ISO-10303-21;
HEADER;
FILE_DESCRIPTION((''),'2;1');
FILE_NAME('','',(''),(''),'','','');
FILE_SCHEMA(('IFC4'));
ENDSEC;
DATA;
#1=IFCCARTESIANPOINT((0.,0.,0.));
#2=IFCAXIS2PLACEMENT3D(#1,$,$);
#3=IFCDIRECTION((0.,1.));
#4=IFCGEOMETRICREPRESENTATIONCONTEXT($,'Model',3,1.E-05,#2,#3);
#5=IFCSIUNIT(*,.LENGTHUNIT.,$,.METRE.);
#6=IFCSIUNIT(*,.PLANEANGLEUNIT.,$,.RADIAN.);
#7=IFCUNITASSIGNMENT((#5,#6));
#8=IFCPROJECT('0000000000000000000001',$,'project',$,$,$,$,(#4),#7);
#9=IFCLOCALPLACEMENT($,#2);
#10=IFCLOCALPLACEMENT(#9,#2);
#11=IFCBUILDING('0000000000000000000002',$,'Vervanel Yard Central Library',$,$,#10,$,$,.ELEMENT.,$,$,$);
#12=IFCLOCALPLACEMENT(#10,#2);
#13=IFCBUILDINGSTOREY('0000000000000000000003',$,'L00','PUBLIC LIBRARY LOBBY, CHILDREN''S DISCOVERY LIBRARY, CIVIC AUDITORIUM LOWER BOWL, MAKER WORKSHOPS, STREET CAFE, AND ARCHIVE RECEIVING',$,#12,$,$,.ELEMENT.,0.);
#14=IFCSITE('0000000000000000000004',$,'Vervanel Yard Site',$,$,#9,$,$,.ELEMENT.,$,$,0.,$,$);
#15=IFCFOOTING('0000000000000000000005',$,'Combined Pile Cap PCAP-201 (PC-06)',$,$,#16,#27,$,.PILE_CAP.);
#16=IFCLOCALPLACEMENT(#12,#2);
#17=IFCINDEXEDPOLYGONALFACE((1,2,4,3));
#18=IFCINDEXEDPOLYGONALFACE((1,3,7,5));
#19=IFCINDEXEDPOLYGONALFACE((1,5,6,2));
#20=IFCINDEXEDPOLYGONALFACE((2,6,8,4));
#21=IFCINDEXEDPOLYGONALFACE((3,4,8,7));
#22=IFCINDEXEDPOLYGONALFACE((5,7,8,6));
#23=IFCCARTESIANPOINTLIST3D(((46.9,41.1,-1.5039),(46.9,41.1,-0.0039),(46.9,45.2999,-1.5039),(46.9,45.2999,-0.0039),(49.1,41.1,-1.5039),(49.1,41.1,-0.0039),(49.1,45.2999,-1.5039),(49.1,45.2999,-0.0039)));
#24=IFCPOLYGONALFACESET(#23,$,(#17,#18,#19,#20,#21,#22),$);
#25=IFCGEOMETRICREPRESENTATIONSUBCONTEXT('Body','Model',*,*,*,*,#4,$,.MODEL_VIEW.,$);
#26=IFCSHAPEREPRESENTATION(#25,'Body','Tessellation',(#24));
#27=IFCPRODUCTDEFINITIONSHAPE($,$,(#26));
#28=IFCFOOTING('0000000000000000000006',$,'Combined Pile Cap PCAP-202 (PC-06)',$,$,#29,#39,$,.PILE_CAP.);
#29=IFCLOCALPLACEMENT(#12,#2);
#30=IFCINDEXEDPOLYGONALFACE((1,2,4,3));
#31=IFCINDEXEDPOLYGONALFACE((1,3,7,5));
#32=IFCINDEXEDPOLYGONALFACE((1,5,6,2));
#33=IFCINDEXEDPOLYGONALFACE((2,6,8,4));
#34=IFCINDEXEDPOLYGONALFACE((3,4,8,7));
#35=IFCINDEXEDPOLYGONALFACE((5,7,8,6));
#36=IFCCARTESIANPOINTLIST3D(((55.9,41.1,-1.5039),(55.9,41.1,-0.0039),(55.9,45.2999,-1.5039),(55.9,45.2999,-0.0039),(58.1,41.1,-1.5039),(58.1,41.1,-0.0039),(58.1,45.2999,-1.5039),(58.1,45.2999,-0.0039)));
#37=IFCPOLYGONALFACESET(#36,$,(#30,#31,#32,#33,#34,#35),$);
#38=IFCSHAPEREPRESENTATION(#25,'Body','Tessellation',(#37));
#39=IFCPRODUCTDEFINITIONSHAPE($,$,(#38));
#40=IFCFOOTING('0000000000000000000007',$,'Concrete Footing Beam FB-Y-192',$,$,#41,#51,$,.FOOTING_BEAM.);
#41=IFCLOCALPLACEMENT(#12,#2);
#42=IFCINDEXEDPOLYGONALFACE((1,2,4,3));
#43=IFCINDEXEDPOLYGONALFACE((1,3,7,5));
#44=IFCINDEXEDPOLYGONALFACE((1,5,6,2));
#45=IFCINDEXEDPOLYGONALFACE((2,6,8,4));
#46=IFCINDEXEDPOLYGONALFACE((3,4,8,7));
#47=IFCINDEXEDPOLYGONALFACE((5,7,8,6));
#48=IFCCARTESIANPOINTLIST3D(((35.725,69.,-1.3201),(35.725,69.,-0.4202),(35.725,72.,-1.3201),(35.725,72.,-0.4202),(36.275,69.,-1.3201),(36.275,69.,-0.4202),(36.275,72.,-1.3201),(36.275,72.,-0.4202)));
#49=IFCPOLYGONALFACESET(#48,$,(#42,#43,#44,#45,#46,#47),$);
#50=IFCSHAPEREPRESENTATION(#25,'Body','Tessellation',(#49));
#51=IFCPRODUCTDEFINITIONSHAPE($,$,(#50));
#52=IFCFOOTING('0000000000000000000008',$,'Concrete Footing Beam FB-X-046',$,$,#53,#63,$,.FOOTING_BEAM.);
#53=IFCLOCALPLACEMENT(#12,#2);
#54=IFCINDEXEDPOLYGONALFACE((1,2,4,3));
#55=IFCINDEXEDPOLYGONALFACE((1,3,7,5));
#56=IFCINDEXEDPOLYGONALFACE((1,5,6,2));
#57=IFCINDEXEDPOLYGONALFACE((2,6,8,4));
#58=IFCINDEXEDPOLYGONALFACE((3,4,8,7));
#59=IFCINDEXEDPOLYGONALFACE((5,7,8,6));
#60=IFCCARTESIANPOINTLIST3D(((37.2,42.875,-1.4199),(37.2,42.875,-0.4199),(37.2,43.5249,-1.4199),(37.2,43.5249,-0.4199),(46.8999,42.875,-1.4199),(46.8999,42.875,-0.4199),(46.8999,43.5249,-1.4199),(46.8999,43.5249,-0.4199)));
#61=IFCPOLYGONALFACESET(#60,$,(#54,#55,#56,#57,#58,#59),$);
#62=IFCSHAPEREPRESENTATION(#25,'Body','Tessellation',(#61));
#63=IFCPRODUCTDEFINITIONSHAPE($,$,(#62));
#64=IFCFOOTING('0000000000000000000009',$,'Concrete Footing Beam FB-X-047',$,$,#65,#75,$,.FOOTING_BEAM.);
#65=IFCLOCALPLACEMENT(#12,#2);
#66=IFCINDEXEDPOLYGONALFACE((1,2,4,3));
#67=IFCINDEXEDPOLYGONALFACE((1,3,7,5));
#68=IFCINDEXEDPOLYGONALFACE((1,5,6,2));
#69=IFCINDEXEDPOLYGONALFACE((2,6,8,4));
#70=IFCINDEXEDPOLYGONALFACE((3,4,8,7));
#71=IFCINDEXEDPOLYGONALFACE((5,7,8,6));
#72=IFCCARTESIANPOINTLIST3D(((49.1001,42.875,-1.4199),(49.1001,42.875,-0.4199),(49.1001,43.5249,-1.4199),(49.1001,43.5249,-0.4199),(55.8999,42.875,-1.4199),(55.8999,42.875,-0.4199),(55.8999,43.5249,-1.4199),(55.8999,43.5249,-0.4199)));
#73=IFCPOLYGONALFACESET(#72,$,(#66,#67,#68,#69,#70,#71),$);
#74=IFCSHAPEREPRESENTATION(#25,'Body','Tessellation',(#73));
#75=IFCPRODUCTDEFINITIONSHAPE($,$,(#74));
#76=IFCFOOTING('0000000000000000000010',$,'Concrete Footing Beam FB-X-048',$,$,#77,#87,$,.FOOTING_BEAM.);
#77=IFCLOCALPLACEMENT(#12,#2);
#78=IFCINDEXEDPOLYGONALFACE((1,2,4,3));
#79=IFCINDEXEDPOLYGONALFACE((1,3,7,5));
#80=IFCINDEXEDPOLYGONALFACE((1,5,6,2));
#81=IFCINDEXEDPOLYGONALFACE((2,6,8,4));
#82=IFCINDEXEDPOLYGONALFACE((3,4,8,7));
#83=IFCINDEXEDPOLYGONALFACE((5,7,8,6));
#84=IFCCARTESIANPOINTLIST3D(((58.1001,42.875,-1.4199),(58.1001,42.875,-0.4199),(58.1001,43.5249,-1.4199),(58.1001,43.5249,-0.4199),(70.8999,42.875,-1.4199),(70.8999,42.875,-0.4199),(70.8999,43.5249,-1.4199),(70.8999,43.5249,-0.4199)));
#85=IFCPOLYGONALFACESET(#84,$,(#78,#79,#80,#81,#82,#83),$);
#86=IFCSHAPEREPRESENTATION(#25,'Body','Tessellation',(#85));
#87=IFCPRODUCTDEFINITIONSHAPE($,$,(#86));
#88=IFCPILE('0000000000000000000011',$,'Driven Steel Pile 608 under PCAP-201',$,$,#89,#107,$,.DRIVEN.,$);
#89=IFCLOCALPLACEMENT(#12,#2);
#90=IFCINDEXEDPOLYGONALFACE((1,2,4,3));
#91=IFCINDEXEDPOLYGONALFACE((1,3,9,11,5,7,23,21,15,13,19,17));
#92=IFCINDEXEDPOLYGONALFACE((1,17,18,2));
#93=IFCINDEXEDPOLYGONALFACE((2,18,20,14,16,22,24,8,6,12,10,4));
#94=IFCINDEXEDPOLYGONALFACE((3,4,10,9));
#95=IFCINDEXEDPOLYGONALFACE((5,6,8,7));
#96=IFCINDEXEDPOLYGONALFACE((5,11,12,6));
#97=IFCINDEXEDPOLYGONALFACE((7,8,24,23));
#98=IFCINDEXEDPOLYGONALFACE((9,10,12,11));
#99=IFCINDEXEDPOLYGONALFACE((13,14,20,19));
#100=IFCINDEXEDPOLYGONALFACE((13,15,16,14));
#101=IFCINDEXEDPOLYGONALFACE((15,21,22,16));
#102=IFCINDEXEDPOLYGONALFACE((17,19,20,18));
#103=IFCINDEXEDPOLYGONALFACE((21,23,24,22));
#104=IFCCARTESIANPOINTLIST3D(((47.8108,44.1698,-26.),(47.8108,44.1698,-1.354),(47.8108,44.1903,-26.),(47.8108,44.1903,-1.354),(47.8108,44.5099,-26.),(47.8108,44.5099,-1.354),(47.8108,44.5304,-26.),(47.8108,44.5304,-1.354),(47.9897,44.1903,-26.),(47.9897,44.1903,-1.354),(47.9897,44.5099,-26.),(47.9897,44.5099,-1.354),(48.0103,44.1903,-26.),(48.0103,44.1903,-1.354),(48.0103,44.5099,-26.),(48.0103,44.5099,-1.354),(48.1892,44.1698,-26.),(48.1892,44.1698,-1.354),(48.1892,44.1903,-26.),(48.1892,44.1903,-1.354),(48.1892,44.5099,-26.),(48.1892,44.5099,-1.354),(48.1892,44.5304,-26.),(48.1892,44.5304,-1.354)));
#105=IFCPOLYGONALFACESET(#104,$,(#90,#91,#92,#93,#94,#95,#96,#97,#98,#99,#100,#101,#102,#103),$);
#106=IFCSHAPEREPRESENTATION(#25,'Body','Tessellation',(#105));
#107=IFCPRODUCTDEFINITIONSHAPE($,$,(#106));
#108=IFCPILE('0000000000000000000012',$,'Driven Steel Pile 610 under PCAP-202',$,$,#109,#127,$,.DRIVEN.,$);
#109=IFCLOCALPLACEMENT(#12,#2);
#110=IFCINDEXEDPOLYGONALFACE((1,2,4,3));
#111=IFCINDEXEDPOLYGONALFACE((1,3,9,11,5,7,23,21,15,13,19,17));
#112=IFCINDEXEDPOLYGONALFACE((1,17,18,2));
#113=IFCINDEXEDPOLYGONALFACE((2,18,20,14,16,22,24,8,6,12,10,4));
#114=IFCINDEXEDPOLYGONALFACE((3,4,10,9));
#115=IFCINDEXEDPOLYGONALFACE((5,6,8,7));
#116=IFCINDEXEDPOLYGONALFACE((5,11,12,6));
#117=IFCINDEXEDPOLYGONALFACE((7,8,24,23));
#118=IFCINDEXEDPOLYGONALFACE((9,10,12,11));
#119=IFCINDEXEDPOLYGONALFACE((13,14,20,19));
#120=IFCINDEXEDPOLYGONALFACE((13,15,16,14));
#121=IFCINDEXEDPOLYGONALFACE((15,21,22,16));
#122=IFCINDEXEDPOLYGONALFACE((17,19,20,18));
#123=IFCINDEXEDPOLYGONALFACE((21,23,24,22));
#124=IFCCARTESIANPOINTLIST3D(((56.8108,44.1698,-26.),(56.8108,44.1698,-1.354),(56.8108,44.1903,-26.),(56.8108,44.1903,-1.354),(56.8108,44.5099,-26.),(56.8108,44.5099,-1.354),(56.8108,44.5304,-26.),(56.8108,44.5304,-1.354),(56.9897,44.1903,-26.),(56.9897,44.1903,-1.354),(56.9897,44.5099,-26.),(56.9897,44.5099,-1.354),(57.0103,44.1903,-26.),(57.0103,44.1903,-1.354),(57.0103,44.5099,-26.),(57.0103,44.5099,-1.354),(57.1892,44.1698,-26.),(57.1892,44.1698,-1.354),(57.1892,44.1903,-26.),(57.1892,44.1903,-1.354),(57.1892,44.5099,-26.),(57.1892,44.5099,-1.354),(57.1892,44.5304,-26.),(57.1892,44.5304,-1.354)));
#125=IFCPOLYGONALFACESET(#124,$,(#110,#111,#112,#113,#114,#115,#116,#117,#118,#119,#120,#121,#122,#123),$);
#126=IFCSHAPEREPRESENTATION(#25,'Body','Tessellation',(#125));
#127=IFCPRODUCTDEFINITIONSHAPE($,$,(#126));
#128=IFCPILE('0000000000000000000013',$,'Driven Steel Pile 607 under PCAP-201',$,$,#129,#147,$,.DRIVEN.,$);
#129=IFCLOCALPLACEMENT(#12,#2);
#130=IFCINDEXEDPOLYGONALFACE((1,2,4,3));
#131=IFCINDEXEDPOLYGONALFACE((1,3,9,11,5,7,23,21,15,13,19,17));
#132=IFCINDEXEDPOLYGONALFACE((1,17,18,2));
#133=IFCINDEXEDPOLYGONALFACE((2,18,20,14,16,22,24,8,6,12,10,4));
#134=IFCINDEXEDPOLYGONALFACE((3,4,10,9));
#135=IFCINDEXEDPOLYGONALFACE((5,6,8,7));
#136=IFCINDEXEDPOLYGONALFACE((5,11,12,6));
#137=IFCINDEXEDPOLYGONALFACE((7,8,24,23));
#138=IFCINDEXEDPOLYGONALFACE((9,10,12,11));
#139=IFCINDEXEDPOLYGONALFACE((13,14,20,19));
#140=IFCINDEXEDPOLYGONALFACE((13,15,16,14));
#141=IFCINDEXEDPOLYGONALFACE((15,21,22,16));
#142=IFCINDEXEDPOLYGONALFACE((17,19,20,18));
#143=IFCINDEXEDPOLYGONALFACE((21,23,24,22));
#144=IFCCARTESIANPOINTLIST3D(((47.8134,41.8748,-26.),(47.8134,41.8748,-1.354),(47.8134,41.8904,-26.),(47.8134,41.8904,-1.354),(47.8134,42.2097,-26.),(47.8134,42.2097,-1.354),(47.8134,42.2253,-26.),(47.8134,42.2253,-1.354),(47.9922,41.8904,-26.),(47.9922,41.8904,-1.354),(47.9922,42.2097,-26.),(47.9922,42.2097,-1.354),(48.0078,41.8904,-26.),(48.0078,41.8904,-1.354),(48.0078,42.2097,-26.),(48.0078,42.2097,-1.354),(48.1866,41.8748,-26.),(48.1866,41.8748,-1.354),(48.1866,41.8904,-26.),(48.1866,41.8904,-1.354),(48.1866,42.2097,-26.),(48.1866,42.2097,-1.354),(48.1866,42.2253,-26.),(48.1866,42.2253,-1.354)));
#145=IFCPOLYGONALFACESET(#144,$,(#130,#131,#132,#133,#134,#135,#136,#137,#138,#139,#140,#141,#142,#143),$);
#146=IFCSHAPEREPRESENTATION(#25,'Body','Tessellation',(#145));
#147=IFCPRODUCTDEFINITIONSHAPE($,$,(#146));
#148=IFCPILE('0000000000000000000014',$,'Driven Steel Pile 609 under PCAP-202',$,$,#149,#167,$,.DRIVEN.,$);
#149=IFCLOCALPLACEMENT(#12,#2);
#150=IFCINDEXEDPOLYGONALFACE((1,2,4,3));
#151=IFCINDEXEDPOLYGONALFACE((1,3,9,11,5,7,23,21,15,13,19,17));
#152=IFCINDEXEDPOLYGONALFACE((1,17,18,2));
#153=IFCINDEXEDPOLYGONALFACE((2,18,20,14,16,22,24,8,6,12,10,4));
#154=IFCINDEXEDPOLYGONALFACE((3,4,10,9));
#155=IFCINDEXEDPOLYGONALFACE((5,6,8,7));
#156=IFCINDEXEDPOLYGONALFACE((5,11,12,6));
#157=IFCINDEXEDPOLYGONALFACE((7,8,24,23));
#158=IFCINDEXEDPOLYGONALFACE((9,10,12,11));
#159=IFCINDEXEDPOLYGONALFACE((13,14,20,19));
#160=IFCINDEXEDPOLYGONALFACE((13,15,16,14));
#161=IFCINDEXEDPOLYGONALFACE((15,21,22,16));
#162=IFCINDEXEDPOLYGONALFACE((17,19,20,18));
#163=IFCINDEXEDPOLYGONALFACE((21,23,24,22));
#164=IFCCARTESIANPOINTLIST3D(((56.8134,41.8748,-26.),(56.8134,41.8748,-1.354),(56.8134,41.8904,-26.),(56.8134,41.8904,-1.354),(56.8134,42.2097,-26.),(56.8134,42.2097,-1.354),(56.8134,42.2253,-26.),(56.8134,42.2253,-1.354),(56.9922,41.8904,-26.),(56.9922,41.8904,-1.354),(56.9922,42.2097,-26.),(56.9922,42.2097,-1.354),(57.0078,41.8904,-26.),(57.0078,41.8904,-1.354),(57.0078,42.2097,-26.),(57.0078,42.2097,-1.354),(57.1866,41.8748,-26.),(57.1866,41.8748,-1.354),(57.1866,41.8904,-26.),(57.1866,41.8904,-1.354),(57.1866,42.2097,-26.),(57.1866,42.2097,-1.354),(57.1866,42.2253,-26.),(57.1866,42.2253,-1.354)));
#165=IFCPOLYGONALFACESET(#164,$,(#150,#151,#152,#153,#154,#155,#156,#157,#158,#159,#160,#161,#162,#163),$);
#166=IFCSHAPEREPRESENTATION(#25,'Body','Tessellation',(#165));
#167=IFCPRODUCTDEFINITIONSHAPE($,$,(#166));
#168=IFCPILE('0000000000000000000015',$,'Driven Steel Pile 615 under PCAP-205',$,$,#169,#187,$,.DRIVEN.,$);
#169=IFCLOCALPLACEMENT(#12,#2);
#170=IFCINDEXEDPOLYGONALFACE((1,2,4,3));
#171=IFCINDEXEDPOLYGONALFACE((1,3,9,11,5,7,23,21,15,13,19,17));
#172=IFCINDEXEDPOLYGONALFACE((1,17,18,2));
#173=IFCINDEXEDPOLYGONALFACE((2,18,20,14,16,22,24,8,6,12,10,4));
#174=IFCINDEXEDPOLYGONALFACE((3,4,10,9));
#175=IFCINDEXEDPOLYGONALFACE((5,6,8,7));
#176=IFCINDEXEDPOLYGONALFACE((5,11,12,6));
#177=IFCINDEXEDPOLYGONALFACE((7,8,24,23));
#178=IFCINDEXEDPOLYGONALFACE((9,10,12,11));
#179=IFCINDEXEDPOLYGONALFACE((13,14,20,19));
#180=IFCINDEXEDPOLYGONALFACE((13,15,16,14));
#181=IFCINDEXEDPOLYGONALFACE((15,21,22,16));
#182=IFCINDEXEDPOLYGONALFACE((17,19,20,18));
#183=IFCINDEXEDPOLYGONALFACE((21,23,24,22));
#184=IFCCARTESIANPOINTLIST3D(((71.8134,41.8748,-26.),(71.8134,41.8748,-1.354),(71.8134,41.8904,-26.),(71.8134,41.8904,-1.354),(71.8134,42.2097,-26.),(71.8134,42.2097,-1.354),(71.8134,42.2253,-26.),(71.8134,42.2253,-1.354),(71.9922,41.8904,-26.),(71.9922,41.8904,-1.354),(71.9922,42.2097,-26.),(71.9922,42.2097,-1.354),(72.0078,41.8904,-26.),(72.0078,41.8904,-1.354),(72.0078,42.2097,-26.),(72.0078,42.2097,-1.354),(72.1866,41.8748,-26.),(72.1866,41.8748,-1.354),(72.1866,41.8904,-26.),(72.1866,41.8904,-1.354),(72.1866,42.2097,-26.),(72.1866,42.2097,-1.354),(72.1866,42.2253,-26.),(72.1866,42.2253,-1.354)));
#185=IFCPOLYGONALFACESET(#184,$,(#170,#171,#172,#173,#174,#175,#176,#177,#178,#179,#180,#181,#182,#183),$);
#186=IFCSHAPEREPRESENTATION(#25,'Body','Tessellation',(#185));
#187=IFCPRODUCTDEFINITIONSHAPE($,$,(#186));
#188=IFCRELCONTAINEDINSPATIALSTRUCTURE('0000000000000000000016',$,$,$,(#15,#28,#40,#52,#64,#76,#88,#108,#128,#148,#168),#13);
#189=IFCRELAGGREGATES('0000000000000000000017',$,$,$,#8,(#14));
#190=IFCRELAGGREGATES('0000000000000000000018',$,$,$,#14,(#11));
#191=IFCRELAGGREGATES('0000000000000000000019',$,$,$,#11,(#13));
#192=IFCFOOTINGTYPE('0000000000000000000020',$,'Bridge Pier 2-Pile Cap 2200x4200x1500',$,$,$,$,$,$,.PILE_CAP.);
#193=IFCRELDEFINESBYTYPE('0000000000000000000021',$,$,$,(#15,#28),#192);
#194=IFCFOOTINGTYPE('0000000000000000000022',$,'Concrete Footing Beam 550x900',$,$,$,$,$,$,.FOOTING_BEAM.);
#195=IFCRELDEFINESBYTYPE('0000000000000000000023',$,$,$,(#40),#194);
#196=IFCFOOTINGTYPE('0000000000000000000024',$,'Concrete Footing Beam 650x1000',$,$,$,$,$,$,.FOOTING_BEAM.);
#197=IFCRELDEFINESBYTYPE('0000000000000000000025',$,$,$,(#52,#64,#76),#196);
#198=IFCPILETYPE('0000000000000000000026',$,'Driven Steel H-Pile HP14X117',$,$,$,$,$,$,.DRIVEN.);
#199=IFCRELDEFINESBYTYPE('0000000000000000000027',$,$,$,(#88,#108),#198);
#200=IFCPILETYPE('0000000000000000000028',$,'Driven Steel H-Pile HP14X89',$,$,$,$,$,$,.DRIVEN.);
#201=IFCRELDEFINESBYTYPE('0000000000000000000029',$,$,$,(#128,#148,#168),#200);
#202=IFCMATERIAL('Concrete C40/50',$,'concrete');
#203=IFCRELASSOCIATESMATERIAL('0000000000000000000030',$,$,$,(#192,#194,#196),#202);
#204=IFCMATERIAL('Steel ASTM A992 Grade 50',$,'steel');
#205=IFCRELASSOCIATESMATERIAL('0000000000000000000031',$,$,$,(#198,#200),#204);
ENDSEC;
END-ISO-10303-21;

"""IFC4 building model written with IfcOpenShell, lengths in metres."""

from ifc_helpers import new_model, si_unit, direction, frame, origin, origin_2d, place, context, subcontext, project, spatial, rectangle, i_section, extrude, material, material_profile, profile_set, type_object, element, save


model = new_model("IFC4")

# Units and contexts
model_context = context("Model", 3, precision=1e-05, world=origin(), true_north=direction((0.0, 1.0)))
body_context = subcontext(model_context, "Body", "Model", "MODEL_VIEW")
ifc_project = project(units=[si_unit("LENGTHUNIT", "METRE"), si_unit("PLANEANGLEUNIT", "RADIAN")], contexts=[model_context])

# Site, building, storey
site_placement = place(None, origin())
site = spatial("IfcSite", under=ifc_project, at=site_placement, Name="Vervanel Yard Site", CompositionType="ELEMENT", RefElevation=0.0)
building_placement = place(site_placement, origin())
building = spatial("IfcBuilding", under=site, at=building_placement, Name="Vervanel Yard Central Library", CompositionType="ELEMENT")
storey_placement = place(building_placement, origin())
storey = spatial("IfcBuildingStorey", under=building, at=storey_placement, Name="L00", Description="PUBLIC LIBRARY LOBBY, CHILDREN'S DISCOVERY LIBRARY, CIVIC AUDITORIUM LOWER BOWL, MAKER WORKSHOPS, STREET CAFE, AND ARCHIVE RECEIVING", CompositionType="ELEMENT", Elevation=0.0)

# Footings
ifc_material_1 = material(Name="Concrete C40/50", Category="concrete")
footing_type_1 = type_object("IfcFootingType", Name="Bridge Pier 2-Pile Cap 2200x4200x1500", PredefinedType="PILE_CAP", material=ifc_material_1)
for number, where, z_axis, x_axis, name in (
    (1, (48.0, 43.2, -1.5039), (0.0, 0.0, 1.0), (1.0, 0.0, 0.0), "Combined Pile Cap PCAP-201 (PC-06)"),
    (2, (57.0, 43.2, -1.5039), (0.0, 0.0, 1.0), (1.0, 0.0, 0.0), "Combined Pile Cap PCAP-202 (PC-06)"),
):
    element("IfcFooting", number, at=place(storey_placement, frame(where, z_axis=z_axis, x_axis=x_axis)), inside=storey, type_object=footing_type_1, Name=name, PredefinedType="PILE_CAP", context=body_context, shape_type="SweptSolid", body=[
        extrude(rectangle(XDim=2.2, YDim=4.2, at=origin_2d()), origin(), (0.0, 0.0, 1.0), 1.5),
    ])
ifc_material_profile_1 = material_profile(ifc_material_1, rectangle(XDim=0.55, YDim=0.8999, at=origin_2d()), Name="RC 550x900", Category="concrete")
ifc_profile_set_1 = profile_set([ifc_material_profile_1], Name="Concrete C40/50")
footing_type_2 = type_object("IfcFootingType", Name="Concrete Footing Beam 550x900", PredefinedType="FOOTING_BEAM", material=ifc_profile_set_1)
footing_1_placement = place(storey_placement, frame((36.0, 69.0, -0.8701), z_axis=(0.0, 1.0, 0.0), x_axis=(-1.0, 0.0, 0.0)))
element("IfcFooting", 3, at=footing_1_placement, inside=storey, type_object=footing_type_2, Name="Concrete Footing Beam FB-Y-192", PredefinedType="FOOTING_BEAM", context=body_context, shape_type="SweptSolid", body=[
    extrude(rectangle(XDim=0.55, YDim=0.8999, at=origin_2d()), origin(), (0.0, 0.0, 1.0), 3.0),
])
ifc_material_profile_2 = material_profile(ifc_material_1, rectangle(XDim=0.6499, YDim=1.0, at=origin_2d()), Name="RC 650x1000", Category="concrete")
ifc_profile_set_2 = profile_set([ifc_material_profile_2], Name="Concrete C40/50")
footing_type_3 = type_object("IfcFootingType", Name="Concrete Footing Beam 650x1000", PredefinedType="FOOTING_BEAM", material=ifc_profile_set_2)
footing_2_placement = place(storey_placement, frame((37.2, 43.2, -0.9199), z_axis=(1.0, 0.0, 0.0), x_axis=(0.0, 1.0, 0.0)))
element("IfcFooting", 4, at=footing_2_placement, inside=storey, type_object=footing_type_3, Name="Concrete Footing Beam FB-X-046", PredefinedType="FOOTING_BEAM", context=body_context, shape_type="SweptSolid", body=[
    extrude(rectangle(XDim=0.6499, YDim=1.0, at=origin_2d()), origin(), (0.0, 0.0, 1.0), 9.7),
])
footing_3_placement = place(storey_placement, frame((49.1001, 43.2, -0.9199), z_axis=(1.0, 0.0, 0.0), x_axis=(0.0, 1.0, 0.0)))
element("IfcFooting", 5, at=footing_3_placement, inside=storey, type_object=footing_type_3, Name="Concrete Footing Beam FB-X-047", PredefinedType="FOOTING_BEAM", context=body_context, shape_type="SweptSolid", body=[
    extrude(rectangle(XDim=0.6499, YDim=1.0, at=origin_2d()), origin(), (0.0, 0.0, 1.0), 6.7998),
])
footing_4_placement = place(storey_placement, frame((58.1001, 43.2, -0.9199), z_axis=(1.0, 0.0, 0.0), x_axis=(0.0, 1.0, 0.0)))
element("IfcFooting", 6, at=footing_4_placement, inside=storey, type_object=footing_type_3, Name="Concrete Footing Beam FB-X-048", PredefinedType="FOOTING_BEAM", context=body_context, shape_type="SweptSolid", body=[
    extrude(rectangle(XDim=0.6499, YDim=1.0, at=origin_2d()), origin(), (0.0, 0.0, 1.0), 12.7998),
])

# Piles
ifc_material_2 = material(Name="Steel ASTM A992 Grade 50", Category="steel")
ifc_material_profile_3 = material_profile(ifc_material_2, i_section(OverallWidth=0.3784, OverallDepth=0.3606, WebThickness=0.0205, FlangeThickness=0.0205, at=origin_2d()), Name="HP14X117", Category="steel")
ifc_profile_set_3 = profile_set([ifc_material_profile_3], Name="Steel ASTM A992 Grade 50")
pile_type_1 = type_object("IfcPileType", Name="Driven Steel H-Pile HP14X117", PredefinedType="DRIVEN", material=ifc_profile_set_3)
for number, where, z_axis, x_axis, name in (
    (7, (48.0, 44.3501, -26.0), (0.0, 0.0, 1.0), (1.0, 0.0, 0.0), "Driven Steel Pile 608 under PCAP-201"),
    (8, (57.0, 44.3501, -26.0), (0.0, 0.0, 1.0), (1.0, 0.0, 0.0), "Driven Steel Pile 610 under PCAP-202"),
):
    element("IfcPile", number, at=place(storey_placement, frame(where, z_axis=z_axis, x_axis=x_axis)), inside=storey, type_object=pile_type_1, Name=name, PredefinedType="DRIVEN", context=body_context, shape_type="SweptSolid", body=[
        extrude(i_section(OverallWidth=0.3784, OverallDepth=0.3606, WebThickness=0.0205, FlangeThickness=0.0205, at=origin_2d()), origin(), (0.0, 0.0, 1.0), 24.646),
    ])
ifc_material_profile_4 = material_profile(ifc_material_2, i_section(OverallWidth=0.3733, OverallDepth=0.3506, WebThickness=0.0156, FlangeThickness=0.0156, at=origin_2d()), Name="HP14X89", Category="steel")
ifc_profile_set_4 = profile_set([ifc_material_profile_4], Name="Steel ASTM A992 Grade 50")
pile_type_2 = type_object("IfcPileType", Name="Driven Steel H-Pile HP14X89", PredefinedType="DRIVEN", material=ifc_profile_set_4)
for number, where, z_axis, x_axis, name in (
    (9, (48.0, 42.05, -26.0), (0.0, 0.0, 1.0), (1.0, 0.0, 0.0), "Driven Steel Pile 607 under PCAP-201"),
    (10, (57.0, 42.05, -26.0), (0.0, 0.0, 1.0), (1.0, 0.0, 0.0), "Driven Steel Pile 609 under PCAP-202"),
    (11, (72.0, 42.05, -26.0), (0.0, 0.0, 1.0), (1.0, 0.0, 0.0), "Driven Steel Pile 615 under PCAP-205"),
):
    element("IfcPile", number, at=place(storey_placement, frame(where, z_axis=z_axis, x_axis=x_axis)), inside=storey, type_object=pile_type_2, Name=name, PredefinedType="DRIVEN", context=body_context, shape_type="SweptSolid", body=[
        extrude(i_section(OverallWidth=0.3733, OverallDepth=0.3506, WebThickness=0.0156, FlangeThickness=0.0156, at=origin_2d()), origin(), (0.0, 0.0, 1.0), 24.646),
    ])

save(model, "model.ifc")
